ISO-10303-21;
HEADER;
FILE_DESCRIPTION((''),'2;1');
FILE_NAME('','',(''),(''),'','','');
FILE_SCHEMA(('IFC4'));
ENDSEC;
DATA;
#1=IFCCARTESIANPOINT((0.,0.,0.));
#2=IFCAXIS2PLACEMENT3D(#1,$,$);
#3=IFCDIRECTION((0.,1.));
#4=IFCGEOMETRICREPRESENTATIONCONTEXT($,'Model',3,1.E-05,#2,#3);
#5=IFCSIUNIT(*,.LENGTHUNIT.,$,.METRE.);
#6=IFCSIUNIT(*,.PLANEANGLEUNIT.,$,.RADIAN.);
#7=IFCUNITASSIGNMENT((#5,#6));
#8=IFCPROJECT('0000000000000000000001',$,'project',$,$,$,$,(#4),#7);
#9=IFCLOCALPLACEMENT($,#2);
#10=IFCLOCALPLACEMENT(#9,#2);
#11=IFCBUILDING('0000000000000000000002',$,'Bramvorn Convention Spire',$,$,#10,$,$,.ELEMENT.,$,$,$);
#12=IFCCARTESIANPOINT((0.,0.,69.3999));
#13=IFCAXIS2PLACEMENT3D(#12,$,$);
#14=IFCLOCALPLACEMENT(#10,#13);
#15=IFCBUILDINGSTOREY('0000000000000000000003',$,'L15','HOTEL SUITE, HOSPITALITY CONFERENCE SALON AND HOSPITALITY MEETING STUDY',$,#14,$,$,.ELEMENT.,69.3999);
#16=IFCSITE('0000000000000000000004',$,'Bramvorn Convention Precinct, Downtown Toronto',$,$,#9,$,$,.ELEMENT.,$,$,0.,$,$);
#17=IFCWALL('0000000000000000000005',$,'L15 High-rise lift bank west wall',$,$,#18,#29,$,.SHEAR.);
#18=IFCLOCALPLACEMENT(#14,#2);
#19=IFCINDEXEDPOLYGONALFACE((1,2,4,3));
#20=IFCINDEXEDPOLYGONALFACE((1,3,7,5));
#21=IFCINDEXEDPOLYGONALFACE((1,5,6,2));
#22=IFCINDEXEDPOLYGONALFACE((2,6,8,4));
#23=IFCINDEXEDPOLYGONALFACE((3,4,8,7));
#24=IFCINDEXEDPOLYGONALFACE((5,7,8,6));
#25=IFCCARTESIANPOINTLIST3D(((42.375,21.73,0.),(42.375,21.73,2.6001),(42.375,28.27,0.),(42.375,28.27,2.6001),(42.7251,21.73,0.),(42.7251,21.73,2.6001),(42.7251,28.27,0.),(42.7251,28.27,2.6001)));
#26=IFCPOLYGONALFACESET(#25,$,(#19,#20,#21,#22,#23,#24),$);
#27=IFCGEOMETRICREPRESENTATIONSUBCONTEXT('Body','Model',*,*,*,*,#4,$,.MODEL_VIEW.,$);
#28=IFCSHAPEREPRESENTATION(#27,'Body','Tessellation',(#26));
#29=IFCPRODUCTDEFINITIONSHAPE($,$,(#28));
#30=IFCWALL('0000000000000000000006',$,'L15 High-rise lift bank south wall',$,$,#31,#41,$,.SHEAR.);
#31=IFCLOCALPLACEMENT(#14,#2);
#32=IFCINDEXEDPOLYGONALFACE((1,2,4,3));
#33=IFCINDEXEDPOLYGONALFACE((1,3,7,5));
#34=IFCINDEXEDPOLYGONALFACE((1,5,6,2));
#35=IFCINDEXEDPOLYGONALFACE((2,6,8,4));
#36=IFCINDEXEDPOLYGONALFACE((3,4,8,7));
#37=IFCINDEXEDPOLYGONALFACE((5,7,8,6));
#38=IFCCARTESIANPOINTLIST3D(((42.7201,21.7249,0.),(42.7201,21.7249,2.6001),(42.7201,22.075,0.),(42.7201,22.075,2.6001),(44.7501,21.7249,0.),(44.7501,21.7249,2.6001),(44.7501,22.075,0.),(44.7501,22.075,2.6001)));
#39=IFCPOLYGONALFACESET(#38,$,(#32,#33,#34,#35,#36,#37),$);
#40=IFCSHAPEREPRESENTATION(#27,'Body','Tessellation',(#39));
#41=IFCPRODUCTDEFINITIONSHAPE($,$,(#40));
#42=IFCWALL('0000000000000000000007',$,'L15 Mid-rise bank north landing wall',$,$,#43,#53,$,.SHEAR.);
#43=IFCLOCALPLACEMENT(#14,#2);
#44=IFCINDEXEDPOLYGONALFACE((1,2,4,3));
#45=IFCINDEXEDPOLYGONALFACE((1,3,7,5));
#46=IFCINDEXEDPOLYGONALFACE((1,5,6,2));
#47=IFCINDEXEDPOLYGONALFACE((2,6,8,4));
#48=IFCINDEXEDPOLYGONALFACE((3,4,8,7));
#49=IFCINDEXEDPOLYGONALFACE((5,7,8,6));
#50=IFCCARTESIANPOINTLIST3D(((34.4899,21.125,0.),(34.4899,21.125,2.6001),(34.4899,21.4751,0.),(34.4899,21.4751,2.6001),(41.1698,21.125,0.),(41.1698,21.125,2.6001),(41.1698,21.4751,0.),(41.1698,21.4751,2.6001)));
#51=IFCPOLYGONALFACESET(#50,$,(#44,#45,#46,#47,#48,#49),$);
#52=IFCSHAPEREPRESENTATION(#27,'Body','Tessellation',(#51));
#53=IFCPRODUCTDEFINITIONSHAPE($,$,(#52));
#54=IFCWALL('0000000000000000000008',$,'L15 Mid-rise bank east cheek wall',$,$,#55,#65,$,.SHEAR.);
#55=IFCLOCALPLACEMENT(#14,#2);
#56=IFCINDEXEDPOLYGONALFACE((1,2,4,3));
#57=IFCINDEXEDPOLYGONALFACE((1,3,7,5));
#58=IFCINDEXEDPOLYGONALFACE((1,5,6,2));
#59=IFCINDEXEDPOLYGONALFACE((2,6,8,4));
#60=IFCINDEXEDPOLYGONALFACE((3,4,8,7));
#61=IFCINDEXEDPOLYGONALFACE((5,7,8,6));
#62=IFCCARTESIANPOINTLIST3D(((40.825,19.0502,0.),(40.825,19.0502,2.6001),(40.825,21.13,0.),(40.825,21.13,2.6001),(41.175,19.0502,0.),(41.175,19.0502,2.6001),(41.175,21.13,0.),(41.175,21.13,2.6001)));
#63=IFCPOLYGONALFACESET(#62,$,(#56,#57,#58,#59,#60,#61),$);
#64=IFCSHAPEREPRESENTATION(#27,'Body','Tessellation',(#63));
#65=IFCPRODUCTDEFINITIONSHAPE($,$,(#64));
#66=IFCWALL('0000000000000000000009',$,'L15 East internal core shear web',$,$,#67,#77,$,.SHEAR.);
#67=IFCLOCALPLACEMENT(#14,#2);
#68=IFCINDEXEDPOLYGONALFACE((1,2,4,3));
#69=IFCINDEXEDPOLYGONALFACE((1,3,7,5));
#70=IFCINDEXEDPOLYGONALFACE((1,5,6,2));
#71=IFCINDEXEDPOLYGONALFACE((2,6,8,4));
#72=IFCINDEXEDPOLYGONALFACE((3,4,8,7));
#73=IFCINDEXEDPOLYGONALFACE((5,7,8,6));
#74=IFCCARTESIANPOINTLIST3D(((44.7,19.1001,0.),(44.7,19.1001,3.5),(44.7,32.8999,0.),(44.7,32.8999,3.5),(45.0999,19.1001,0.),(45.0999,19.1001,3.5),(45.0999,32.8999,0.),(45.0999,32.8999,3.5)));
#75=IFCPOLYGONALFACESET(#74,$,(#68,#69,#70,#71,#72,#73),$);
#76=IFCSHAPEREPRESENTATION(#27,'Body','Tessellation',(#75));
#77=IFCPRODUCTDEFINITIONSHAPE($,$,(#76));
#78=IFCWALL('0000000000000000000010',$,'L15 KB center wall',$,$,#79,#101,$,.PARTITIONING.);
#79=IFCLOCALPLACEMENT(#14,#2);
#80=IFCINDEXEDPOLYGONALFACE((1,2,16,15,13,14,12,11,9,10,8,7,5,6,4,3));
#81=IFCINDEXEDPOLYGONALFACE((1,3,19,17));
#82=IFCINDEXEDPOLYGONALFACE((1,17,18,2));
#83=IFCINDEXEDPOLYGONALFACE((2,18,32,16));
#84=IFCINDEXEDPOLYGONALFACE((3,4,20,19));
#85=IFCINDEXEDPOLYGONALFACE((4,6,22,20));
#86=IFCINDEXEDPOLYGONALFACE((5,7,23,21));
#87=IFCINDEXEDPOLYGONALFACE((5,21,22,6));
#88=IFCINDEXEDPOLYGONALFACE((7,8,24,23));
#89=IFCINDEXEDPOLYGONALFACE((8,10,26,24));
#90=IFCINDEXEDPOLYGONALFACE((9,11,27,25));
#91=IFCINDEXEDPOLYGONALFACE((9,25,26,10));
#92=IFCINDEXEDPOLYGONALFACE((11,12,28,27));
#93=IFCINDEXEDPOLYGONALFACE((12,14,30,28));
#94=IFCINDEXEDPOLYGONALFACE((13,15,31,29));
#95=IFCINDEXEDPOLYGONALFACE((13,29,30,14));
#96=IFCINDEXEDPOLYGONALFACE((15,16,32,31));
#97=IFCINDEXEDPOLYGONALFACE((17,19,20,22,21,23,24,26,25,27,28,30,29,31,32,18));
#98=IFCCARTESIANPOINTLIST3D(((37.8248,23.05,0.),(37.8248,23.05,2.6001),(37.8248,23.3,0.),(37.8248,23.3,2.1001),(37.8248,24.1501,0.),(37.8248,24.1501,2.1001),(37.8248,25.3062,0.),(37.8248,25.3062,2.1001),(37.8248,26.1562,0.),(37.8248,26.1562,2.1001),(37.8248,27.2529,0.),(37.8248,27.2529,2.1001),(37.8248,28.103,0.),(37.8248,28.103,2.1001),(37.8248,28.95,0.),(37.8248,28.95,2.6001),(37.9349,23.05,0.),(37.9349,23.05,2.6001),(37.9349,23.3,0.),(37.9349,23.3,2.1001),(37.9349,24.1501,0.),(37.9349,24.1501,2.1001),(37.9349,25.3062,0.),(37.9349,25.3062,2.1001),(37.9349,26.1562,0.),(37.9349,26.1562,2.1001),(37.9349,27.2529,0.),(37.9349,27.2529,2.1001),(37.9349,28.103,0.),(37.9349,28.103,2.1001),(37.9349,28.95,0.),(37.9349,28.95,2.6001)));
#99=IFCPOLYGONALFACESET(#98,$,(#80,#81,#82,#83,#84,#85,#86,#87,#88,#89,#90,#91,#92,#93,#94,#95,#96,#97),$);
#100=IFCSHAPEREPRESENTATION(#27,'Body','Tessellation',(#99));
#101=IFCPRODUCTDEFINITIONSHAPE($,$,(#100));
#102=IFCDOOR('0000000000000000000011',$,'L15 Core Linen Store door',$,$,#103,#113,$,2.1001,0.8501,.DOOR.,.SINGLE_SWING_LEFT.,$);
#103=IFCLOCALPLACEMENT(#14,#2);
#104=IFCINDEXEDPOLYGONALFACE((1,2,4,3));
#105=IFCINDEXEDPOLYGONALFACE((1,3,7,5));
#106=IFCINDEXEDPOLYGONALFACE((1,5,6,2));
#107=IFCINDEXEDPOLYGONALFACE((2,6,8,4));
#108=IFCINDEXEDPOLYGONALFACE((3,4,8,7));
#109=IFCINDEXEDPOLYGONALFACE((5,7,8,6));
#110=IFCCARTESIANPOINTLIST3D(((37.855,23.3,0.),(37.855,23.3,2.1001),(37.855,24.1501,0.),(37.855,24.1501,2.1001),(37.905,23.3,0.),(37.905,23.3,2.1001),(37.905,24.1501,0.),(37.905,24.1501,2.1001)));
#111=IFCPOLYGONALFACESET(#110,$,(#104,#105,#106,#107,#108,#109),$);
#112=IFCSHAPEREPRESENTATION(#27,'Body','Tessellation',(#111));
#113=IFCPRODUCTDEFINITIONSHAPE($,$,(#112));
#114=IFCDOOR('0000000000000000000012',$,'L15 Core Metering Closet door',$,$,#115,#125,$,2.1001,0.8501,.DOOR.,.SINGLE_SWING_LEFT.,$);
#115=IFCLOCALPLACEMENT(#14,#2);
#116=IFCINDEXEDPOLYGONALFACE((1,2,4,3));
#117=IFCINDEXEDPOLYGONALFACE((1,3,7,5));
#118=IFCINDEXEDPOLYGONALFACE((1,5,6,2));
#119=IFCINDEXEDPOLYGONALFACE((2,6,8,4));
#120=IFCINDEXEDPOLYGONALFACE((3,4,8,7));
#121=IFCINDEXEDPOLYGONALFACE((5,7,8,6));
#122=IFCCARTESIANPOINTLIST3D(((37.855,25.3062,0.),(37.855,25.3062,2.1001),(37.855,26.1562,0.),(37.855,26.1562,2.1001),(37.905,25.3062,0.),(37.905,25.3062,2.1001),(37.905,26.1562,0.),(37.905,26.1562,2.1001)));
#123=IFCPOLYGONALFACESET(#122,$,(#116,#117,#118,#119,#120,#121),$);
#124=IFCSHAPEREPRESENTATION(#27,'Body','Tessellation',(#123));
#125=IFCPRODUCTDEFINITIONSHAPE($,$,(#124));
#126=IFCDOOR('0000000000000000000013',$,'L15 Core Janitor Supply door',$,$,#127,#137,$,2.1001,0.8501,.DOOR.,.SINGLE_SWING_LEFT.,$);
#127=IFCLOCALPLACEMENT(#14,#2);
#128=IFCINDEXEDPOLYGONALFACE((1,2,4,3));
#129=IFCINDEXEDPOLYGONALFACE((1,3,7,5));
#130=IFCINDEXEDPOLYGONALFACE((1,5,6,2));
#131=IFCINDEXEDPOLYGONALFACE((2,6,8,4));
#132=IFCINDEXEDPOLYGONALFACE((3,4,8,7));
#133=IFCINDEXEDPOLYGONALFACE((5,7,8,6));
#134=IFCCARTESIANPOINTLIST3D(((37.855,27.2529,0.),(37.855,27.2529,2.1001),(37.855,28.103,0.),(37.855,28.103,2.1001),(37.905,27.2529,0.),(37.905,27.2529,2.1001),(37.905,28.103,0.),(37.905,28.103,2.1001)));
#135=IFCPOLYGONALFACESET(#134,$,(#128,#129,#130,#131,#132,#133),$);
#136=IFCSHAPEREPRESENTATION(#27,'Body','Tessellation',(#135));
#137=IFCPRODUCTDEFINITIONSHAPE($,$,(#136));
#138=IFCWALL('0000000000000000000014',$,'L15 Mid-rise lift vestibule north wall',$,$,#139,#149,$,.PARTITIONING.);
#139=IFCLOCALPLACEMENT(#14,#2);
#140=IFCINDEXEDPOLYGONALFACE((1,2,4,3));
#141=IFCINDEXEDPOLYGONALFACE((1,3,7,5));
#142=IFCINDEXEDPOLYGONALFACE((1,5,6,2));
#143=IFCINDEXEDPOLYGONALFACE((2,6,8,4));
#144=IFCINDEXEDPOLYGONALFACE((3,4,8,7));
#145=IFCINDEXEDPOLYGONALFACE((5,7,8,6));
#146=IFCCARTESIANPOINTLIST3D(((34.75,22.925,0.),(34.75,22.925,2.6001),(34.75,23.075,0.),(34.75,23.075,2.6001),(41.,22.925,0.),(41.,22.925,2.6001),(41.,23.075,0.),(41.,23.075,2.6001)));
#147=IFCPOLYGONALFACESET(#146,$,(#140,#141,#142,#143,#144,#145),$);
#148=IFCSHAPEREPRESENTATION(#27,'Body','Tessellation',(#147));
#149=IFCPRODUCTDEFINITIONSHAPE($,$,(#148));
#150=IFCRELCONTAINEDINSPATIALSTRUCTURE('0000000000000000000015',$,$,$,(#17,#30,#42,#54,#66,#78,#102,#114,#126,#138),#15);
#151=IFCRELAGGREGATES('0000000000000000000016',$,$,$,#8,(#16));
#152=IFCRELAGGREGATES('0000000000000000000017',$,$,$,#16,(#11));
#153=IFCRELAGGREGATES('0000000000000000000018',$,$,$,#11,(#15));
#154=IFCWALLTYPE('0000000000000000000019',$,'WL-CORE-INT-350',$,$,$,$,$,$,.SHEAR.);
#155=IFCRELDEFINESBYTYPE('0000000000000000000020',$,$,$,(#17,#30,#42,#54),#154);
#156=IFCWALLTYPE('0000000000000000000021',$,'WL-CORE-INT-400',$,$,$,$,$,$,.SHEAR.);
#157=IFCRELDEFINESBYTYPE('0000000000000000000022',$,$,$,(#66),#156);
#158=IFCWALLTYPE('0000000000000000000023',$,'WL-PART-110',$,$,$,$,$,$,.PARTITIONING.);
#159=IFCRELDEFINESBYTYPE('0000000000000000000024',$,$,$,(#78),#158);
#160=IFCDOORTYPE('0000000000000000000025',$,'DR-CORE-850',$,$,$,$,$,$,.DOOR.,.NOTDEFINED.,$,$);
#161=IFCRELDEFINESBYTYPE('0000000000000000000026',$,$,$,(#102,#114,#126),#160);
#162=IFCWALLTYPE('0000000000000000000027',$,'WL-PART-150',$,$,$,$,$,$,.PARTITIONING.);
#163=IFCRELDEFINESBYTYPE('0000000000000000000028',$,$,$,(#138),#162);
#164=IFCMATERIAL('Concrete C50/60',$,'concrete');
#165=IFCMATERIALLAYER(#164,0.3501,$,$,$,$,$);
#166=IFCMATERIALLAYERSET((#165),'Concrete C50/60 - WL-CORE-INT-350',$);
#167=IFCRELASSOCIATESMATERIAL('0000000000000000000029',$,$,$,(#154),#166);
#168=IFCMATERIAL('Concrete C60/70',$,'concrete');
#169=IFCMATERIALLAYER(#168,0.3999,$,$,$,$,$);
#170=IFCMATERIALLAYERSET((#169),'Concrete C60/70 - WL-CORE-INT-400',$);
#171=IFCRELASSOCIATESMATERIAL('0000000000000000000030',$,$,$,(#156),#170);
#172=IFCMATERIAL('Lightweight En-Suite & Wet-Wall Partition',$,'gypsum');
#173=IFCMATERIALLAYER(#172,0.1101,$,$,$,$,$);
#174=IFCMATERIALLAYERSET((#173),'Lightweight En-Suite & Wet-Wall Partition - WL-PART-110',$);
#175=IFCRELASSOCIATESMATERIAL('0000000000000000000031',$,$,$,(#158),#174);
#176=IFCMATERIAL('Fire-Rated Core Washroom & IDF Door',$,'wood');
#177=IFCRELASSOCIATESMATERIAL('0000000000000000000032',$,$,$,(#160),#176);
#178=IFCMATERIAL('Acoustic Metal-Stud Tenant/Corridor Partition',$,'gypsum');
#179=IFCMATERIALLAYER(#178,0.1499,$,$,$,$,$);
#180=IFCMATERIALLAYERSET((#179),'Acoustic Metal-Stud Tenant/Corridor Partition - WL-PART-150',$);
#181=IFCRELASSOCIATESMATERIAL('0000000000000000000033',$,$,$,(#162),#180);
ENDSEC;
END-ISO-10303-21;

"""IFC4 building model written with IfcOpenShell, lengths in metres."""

from ifc_helpers import new_model, si_unit, direction, frame, frame_2d, origin, place, context, subcontext, project, spatial, rectangle, extrude, material, layer, layer_set, type_object, element, fill, save


model = new_model("IFC4")

# Units and contexts
model_context = context("Model", 3, precision=1e-05, world=origin(), true_north=direction((0.0, 1.0)))
body_context = subcontext(model_context, "Body", "Model", "MODEL_VIEW")
ifc_project = project(units=[si_unit("LENGTHUNIT", "METRE"), si_unit("PLANEANGLEUNIT", "RADIAN")], contexts=[model_context])

# Site, building, storey
site_placement = place(None, origin())
site = spatial("IfcSite", under=ifc_project, at=site_placement, Name="Bramvorn Convention Precinct, Downtown Toronto", CompositionType="ELEMENT", RefElevation=0.0)
building_placement = place(site_placement, origin())
building = spatial("IfcBuilding", under=site, at=building_placement, Name="Bramvorn Convention Spire", CompositionType="ELEMENT")
storey_placement = place(building_placement, frame((0.0, 0.0, 69.3999)))
storey = spatial("IfcBuildingStorey", under=building, at=storey_placement, Name="L15", Description="HOTEL SUITE, HOSPITALITY CONFERENCE SALON AND HOSPITALITY MEETING STUDY", CompositionType="ELEMENT", Elevation=69.3999)

# Walls
ifc_material_1 = material(Name="Concrete C50/60", Category="concrete")
ifc_layer_1 = layer(ifc_material_1, 0.3501)
ifc_layer_set_1 = layer_set([ifc_layer_1], Name="Concrete C50/60 - WL-CORE-INT-350")
wall_type_1 = type_object("IfcWallType", Name="WL-CORE-INT-350", PredefinedType="SHEAR", material=ifc_layer_set_1)
wall_1_placement = place(storey_placement, frame((42.55, 21.73, 0.0), z_axis=(0.0, 0.0, 1.0), x_axis=(0.0, 1.0, 0.0)))
element("IfcWall", 1, at=wall_1_placement, inside=storey, type_object=wall_type_1, Name="L15 High-rise lift bank west wall", PredefinedType="SHEAR", context=body_context, shape_type="SweptSolid", body=[
    extrude(rectangle(XDim=6.54, YDim=0.3501, at=frame_2d((3.27, 0.0))), origin(), (0.0, 0.0, 1.0), 2.6001),
])
wall_2_placement = place(storey_placement, frame((42.72, 21.8999, 0.0), z_axis=(0.0, 0.0, 1.0), x_axis=(1.0, 0.0, 0.0)))
element("IfcWall", 2, at=wall_2_placement, inside=storey, type_object=wall_type_1, Name="L15 High-rise lift bank south wall", PredefinedType="SHEAR", context=body_context, shape_type="SweptSolid", body=[
    extrude(rectangle(XDim=2.03, YDim=0.3501, at=frame_2d((1.0151, 0.0))), origin(), (0.0, 0.0, 1.0), 2.6001),
])
wall_3_placement = place(storey_placement, frame((34.49, 21.3, 0.0), z_axis=(0.0, 0.0, 1.0), x_axis=(1.0, 0.0, 0.0)))
element("IfcWall", 3, at=wall_3_placement, inside=storey, type_object=wall_type_1, Name="L15 Mid-rise bank north landing wall", PredefinedType="SHEAR", context=body_context, shape_type="SweptSolid", body=[
    extrude(rectangle(XDim=6.6799, YDim=0.3501, at=frame_2d((3.3398, 0.0))), origin(), (0.0, 0.0, 1.0), 2.6001),
])
wall_4_placement = place(storey_placement, frame((41.0, 19.05, 0.0), z_axis=(0.0, 0.0, 1.0), x_axis=(0.0, 1.0, 0.0)))
element("IfcWall", 4, at=wall_4_placement, inside=storey, type_object=wall_type_1, Name="L15 Mid-rise bank east cheek wall", PredefinedType="SHEAR", context=body_context, shape_type="SweptSolid", body=[
    extrude(rectangle(XDim=2.0798, YDim=0.3501, at=frame_2d((1.04, 0.0))), origin(), (0.0, 0.0, 1.0), 2.6001),
])
ifc_material_2 = material(Name="Concrete C60/70", Category="concrete")
ifc_layer_2 = layer(ifc_material_2, 0.3999)
ifc_layer_set_2 = layer_set([ifc_layer_2], Name="Concrete C60/70 - WL-CORE-INT-400")
wall_type_2 = type_object("IfcWallType", Name="WL-CORE-INT-400", PredefinedType="SHEAR", material=ifc_layer_set_2)
wall_5_placement = place(storey_placement, frame((44.8999, 19.1001, 0.0), z_axis=(0.0, 0.0, 1.0), x_axis=(0.0, 1.0, 0.0)))
element("IfcWall", 5, at=wall_5_placement, inside=storey, type_object=wall_type_2, Name="L15 East internal core shear web", PredefinedType="SHEAR", context=body_context, shape_type="SweptSolid", body=[
    extrude(rectangle(XDim=13.7998, YDim=0.3999, at=frame_2d((6.8999, 0.0))), origin(), (0.0, 0.0, 1.0), 3.5),
])

# Wall, openings, doors
ifc_material_3 = material(Name="Lightweight En-Suite & Wet-Wall Partition", Category="gypsum")
ifc_layer_3 = layer(ifc_material_3, 0.1101)
ifc_layer_set_3 = layer_set([ifc_layer_3], Name="Lightweight En-Suite & Wet-Wall Partition - WL-PART-110")
wall_type_3 = type_object("IfcWallType", Name="WL-PART-110", PredefinedType="PARTITIONING", material=ifc_layer_set_3)
wall_6_placement = place(storey_placement, frame((37.8799, 23.05, 0.0), z_axis=(0.0, 0.0, 1.0), x_axis=(0.0, 1.0, 0.0)))
wall_6 = element("IfcWall", 6, at=wall_6_placement, inside=storey, type_object=wall_type_3, Name="L15 KB center wall", PredefinedType="PARTITIONING", context=body_context, shape_type="SweptSolid", body=[
    extrude(rectangle(XDim=5.8999, YDim=0.1101, at=frame_2d((2.95, 0.0))), origin(), (0.0, 0.0, 1.0), 2.6001),
])
opening_1_placement = place(wall_6_placement, frame((0.25, 0.0, 0.0)))
opening_1 = element("IfcOpeningElement", 7, at=opening_1_placement, cuts=wall_6, PredefinedType="OPENING", context=body_context, shape_type="SweptSolid", body=[
    extrude(rectangle(XDim=0.8501, YDim=2.1001, at=frame_2d((0.425, 1.05))), frame((0.0, 0.0649, 0.0), z_axis=(0.0, -1.0, 0.0), x_axis=(1.0, 0.0, 0.0)), (0.0, 0.0, 1.0), 0.1301),
])
opening_2_placement = place(wall_6_placement, frame((2.2561, 0.0, 0.0)))
opening_2 = element("IfcOpeningElement", 8, at=opening_2_placement, cuts=wall_6, PredefinedType="OPENING", context=body_context, shape_type="SweptSolid", body=[
    extrude(rectangle(XDim=0.8501, YDim=2.1001, at=frame_2d((0.425, 1.05))), frame((0.0, 0.0649, 0.0), z_axis=(0.0, -1.0, 0.0), x_axis=(1.0, 0.0, 0.0)), (0.0, 0.0, 1.0), 0.1301),
])
opening_3_placement = place(wall_6_placement, frame((4.2029, 0.0, 0.0)))
opening_3 = element("IfcOpeningElement", 9, at=opening_3_placement, cuts=wall_6, PredefinedType="OPENING", context=body_context, shape_type="SweptSolid", body=[
    extrude(rectangle(XDim=0.8501, YDim=2.1001, at=frame_2d((0.425, 1.05))), frame((0.0, 0.0649, 0.0), z_axis=(0.0, -1.0, 0.0), x_axis=(1.0, 0.0, 0.0)), (0.0, 0.0, 1.0), 0.1301),
])
ifc_material_4 = material(Name="Fire-Rated Core Washroom & IDF Door", Category="wood")
door_type = type_object("IfcDoorType", Name="DR-CORE-850", OperationType="NOTDEFINED", PredefinedType="DOOR", material=ifc_material_4)
door_1_placement = place(opening_1_placement, origin())
door_1 = element("IfcDoor", 10, at=door_1_placement, inside=storey, type_object=door_type, Name="L15 Core Linen Store door", OperationType="SINGLE_SWING_LEFT", OverallHeight=2.1001, OverallWidth=0.8501, PredefinedType="DOOR", context=body_context, shape_type="SweptSolid", body=[
    extrude(rectangle(XDim=0.8501, YDim=2.1001, at=frame_2d((0.425, 1.05))), frame((0.0, 0.0249, 0.0), z_axis=(0.0, -1.0, 0.0), x_axis=(1.0, 0.0, 0.0)), (0.0, 0.0, 1.0), 0.05),
])
fill(opening_1, door_1)
door_2_placement = place(opening_2_placement, origin())
door_2 = element("IfcDoor", 11, at=door_2_placement, inside=storey, type_object=door_type, Name="L15 Core Metering Closet door", OperationType="SINGLE_SWING_LEFT", OverallHeight=2.1001, OverallWidth=0.8501, PredefinedType="DOOR", context=body_context, shape_type="SweptSolid", body=[
    extrude(rectangle(XDim=0.8501, YDim=2.1001, at=frame_2d((0.425, 1.05))), frame((0.0, 0.0249, 0.0), z_axis=(0.0, -1.0, 0.0), x_axis=(1.0, 0.0, 0.0)), (0.0, 0.0, 1.0), 0.05),
])
fill(opening_2, door_2)
door_3_placement = place(opening_3_placement, origin())
door_3 = element("IfcDoor", 12, at=door_3_placement, inside=storey, type_object=door_type, Name="L15 Core Janitor Supply door", OperationType="SINGLE_SWING_LEFT", OverallHeight=2.1001, OverallWidth=0.8501, PredefinedType="DOOR", context=body_context, shape_type="SweptSolid", body=[
    extrude(rectangle(XDim=0.8501, YDim=2.1001, at=frame_2d((0.425, 1.05))), frame((0.0, 0.0249, 0.0), z_axis=(0.0, -1.0, 0.0), x_axis=(1.0, 0.0, 0.0)), (0.0, 0.0, 1.0), 0.05),
])
fill(opening_3, door_3)

# Wall
ifc_material_5 = material(Name="Acoustic Metal-Stud Tenant/Corridor Partition", Category="gypsum")
ifc_layer_4 = layer(ifc_material_5, 0.1499)
ifc_layer_set_4 = layer_set([ifc_layer_4], Name="Acoustic Metal-Stud Tenant/Corridor Partition - WL-PART-150")
wall_type_4 = type_object("IfcWallType", Name="WL-PART-150", PredefinedType="PARTITIONING", material=ifc_layer_set_4)
wall_7_placement = place(storey_placement, frame((34.75, 23.0, 0.0), z_axis=(0.0, 0.0, 1.0), x_axis=(1.0, 0.0, 0.0)))
element("IfcWall", 13, at=wall_7_placement, inside=storey, type_object=wall_type_4, Name="L15 Mid-rise lift vestibule north wall", PredefinedType="PARTITIONING", context=body_context, shape_type="SweptSolid", body=[
    extrude(rectangle(XDim=6.25, YDim=0.1499, at=frame_2d((3.125, 0.0))), origin(), (0.0, 0.0, 1.0), 2.6001),
])

save(model, "model.ifc")
